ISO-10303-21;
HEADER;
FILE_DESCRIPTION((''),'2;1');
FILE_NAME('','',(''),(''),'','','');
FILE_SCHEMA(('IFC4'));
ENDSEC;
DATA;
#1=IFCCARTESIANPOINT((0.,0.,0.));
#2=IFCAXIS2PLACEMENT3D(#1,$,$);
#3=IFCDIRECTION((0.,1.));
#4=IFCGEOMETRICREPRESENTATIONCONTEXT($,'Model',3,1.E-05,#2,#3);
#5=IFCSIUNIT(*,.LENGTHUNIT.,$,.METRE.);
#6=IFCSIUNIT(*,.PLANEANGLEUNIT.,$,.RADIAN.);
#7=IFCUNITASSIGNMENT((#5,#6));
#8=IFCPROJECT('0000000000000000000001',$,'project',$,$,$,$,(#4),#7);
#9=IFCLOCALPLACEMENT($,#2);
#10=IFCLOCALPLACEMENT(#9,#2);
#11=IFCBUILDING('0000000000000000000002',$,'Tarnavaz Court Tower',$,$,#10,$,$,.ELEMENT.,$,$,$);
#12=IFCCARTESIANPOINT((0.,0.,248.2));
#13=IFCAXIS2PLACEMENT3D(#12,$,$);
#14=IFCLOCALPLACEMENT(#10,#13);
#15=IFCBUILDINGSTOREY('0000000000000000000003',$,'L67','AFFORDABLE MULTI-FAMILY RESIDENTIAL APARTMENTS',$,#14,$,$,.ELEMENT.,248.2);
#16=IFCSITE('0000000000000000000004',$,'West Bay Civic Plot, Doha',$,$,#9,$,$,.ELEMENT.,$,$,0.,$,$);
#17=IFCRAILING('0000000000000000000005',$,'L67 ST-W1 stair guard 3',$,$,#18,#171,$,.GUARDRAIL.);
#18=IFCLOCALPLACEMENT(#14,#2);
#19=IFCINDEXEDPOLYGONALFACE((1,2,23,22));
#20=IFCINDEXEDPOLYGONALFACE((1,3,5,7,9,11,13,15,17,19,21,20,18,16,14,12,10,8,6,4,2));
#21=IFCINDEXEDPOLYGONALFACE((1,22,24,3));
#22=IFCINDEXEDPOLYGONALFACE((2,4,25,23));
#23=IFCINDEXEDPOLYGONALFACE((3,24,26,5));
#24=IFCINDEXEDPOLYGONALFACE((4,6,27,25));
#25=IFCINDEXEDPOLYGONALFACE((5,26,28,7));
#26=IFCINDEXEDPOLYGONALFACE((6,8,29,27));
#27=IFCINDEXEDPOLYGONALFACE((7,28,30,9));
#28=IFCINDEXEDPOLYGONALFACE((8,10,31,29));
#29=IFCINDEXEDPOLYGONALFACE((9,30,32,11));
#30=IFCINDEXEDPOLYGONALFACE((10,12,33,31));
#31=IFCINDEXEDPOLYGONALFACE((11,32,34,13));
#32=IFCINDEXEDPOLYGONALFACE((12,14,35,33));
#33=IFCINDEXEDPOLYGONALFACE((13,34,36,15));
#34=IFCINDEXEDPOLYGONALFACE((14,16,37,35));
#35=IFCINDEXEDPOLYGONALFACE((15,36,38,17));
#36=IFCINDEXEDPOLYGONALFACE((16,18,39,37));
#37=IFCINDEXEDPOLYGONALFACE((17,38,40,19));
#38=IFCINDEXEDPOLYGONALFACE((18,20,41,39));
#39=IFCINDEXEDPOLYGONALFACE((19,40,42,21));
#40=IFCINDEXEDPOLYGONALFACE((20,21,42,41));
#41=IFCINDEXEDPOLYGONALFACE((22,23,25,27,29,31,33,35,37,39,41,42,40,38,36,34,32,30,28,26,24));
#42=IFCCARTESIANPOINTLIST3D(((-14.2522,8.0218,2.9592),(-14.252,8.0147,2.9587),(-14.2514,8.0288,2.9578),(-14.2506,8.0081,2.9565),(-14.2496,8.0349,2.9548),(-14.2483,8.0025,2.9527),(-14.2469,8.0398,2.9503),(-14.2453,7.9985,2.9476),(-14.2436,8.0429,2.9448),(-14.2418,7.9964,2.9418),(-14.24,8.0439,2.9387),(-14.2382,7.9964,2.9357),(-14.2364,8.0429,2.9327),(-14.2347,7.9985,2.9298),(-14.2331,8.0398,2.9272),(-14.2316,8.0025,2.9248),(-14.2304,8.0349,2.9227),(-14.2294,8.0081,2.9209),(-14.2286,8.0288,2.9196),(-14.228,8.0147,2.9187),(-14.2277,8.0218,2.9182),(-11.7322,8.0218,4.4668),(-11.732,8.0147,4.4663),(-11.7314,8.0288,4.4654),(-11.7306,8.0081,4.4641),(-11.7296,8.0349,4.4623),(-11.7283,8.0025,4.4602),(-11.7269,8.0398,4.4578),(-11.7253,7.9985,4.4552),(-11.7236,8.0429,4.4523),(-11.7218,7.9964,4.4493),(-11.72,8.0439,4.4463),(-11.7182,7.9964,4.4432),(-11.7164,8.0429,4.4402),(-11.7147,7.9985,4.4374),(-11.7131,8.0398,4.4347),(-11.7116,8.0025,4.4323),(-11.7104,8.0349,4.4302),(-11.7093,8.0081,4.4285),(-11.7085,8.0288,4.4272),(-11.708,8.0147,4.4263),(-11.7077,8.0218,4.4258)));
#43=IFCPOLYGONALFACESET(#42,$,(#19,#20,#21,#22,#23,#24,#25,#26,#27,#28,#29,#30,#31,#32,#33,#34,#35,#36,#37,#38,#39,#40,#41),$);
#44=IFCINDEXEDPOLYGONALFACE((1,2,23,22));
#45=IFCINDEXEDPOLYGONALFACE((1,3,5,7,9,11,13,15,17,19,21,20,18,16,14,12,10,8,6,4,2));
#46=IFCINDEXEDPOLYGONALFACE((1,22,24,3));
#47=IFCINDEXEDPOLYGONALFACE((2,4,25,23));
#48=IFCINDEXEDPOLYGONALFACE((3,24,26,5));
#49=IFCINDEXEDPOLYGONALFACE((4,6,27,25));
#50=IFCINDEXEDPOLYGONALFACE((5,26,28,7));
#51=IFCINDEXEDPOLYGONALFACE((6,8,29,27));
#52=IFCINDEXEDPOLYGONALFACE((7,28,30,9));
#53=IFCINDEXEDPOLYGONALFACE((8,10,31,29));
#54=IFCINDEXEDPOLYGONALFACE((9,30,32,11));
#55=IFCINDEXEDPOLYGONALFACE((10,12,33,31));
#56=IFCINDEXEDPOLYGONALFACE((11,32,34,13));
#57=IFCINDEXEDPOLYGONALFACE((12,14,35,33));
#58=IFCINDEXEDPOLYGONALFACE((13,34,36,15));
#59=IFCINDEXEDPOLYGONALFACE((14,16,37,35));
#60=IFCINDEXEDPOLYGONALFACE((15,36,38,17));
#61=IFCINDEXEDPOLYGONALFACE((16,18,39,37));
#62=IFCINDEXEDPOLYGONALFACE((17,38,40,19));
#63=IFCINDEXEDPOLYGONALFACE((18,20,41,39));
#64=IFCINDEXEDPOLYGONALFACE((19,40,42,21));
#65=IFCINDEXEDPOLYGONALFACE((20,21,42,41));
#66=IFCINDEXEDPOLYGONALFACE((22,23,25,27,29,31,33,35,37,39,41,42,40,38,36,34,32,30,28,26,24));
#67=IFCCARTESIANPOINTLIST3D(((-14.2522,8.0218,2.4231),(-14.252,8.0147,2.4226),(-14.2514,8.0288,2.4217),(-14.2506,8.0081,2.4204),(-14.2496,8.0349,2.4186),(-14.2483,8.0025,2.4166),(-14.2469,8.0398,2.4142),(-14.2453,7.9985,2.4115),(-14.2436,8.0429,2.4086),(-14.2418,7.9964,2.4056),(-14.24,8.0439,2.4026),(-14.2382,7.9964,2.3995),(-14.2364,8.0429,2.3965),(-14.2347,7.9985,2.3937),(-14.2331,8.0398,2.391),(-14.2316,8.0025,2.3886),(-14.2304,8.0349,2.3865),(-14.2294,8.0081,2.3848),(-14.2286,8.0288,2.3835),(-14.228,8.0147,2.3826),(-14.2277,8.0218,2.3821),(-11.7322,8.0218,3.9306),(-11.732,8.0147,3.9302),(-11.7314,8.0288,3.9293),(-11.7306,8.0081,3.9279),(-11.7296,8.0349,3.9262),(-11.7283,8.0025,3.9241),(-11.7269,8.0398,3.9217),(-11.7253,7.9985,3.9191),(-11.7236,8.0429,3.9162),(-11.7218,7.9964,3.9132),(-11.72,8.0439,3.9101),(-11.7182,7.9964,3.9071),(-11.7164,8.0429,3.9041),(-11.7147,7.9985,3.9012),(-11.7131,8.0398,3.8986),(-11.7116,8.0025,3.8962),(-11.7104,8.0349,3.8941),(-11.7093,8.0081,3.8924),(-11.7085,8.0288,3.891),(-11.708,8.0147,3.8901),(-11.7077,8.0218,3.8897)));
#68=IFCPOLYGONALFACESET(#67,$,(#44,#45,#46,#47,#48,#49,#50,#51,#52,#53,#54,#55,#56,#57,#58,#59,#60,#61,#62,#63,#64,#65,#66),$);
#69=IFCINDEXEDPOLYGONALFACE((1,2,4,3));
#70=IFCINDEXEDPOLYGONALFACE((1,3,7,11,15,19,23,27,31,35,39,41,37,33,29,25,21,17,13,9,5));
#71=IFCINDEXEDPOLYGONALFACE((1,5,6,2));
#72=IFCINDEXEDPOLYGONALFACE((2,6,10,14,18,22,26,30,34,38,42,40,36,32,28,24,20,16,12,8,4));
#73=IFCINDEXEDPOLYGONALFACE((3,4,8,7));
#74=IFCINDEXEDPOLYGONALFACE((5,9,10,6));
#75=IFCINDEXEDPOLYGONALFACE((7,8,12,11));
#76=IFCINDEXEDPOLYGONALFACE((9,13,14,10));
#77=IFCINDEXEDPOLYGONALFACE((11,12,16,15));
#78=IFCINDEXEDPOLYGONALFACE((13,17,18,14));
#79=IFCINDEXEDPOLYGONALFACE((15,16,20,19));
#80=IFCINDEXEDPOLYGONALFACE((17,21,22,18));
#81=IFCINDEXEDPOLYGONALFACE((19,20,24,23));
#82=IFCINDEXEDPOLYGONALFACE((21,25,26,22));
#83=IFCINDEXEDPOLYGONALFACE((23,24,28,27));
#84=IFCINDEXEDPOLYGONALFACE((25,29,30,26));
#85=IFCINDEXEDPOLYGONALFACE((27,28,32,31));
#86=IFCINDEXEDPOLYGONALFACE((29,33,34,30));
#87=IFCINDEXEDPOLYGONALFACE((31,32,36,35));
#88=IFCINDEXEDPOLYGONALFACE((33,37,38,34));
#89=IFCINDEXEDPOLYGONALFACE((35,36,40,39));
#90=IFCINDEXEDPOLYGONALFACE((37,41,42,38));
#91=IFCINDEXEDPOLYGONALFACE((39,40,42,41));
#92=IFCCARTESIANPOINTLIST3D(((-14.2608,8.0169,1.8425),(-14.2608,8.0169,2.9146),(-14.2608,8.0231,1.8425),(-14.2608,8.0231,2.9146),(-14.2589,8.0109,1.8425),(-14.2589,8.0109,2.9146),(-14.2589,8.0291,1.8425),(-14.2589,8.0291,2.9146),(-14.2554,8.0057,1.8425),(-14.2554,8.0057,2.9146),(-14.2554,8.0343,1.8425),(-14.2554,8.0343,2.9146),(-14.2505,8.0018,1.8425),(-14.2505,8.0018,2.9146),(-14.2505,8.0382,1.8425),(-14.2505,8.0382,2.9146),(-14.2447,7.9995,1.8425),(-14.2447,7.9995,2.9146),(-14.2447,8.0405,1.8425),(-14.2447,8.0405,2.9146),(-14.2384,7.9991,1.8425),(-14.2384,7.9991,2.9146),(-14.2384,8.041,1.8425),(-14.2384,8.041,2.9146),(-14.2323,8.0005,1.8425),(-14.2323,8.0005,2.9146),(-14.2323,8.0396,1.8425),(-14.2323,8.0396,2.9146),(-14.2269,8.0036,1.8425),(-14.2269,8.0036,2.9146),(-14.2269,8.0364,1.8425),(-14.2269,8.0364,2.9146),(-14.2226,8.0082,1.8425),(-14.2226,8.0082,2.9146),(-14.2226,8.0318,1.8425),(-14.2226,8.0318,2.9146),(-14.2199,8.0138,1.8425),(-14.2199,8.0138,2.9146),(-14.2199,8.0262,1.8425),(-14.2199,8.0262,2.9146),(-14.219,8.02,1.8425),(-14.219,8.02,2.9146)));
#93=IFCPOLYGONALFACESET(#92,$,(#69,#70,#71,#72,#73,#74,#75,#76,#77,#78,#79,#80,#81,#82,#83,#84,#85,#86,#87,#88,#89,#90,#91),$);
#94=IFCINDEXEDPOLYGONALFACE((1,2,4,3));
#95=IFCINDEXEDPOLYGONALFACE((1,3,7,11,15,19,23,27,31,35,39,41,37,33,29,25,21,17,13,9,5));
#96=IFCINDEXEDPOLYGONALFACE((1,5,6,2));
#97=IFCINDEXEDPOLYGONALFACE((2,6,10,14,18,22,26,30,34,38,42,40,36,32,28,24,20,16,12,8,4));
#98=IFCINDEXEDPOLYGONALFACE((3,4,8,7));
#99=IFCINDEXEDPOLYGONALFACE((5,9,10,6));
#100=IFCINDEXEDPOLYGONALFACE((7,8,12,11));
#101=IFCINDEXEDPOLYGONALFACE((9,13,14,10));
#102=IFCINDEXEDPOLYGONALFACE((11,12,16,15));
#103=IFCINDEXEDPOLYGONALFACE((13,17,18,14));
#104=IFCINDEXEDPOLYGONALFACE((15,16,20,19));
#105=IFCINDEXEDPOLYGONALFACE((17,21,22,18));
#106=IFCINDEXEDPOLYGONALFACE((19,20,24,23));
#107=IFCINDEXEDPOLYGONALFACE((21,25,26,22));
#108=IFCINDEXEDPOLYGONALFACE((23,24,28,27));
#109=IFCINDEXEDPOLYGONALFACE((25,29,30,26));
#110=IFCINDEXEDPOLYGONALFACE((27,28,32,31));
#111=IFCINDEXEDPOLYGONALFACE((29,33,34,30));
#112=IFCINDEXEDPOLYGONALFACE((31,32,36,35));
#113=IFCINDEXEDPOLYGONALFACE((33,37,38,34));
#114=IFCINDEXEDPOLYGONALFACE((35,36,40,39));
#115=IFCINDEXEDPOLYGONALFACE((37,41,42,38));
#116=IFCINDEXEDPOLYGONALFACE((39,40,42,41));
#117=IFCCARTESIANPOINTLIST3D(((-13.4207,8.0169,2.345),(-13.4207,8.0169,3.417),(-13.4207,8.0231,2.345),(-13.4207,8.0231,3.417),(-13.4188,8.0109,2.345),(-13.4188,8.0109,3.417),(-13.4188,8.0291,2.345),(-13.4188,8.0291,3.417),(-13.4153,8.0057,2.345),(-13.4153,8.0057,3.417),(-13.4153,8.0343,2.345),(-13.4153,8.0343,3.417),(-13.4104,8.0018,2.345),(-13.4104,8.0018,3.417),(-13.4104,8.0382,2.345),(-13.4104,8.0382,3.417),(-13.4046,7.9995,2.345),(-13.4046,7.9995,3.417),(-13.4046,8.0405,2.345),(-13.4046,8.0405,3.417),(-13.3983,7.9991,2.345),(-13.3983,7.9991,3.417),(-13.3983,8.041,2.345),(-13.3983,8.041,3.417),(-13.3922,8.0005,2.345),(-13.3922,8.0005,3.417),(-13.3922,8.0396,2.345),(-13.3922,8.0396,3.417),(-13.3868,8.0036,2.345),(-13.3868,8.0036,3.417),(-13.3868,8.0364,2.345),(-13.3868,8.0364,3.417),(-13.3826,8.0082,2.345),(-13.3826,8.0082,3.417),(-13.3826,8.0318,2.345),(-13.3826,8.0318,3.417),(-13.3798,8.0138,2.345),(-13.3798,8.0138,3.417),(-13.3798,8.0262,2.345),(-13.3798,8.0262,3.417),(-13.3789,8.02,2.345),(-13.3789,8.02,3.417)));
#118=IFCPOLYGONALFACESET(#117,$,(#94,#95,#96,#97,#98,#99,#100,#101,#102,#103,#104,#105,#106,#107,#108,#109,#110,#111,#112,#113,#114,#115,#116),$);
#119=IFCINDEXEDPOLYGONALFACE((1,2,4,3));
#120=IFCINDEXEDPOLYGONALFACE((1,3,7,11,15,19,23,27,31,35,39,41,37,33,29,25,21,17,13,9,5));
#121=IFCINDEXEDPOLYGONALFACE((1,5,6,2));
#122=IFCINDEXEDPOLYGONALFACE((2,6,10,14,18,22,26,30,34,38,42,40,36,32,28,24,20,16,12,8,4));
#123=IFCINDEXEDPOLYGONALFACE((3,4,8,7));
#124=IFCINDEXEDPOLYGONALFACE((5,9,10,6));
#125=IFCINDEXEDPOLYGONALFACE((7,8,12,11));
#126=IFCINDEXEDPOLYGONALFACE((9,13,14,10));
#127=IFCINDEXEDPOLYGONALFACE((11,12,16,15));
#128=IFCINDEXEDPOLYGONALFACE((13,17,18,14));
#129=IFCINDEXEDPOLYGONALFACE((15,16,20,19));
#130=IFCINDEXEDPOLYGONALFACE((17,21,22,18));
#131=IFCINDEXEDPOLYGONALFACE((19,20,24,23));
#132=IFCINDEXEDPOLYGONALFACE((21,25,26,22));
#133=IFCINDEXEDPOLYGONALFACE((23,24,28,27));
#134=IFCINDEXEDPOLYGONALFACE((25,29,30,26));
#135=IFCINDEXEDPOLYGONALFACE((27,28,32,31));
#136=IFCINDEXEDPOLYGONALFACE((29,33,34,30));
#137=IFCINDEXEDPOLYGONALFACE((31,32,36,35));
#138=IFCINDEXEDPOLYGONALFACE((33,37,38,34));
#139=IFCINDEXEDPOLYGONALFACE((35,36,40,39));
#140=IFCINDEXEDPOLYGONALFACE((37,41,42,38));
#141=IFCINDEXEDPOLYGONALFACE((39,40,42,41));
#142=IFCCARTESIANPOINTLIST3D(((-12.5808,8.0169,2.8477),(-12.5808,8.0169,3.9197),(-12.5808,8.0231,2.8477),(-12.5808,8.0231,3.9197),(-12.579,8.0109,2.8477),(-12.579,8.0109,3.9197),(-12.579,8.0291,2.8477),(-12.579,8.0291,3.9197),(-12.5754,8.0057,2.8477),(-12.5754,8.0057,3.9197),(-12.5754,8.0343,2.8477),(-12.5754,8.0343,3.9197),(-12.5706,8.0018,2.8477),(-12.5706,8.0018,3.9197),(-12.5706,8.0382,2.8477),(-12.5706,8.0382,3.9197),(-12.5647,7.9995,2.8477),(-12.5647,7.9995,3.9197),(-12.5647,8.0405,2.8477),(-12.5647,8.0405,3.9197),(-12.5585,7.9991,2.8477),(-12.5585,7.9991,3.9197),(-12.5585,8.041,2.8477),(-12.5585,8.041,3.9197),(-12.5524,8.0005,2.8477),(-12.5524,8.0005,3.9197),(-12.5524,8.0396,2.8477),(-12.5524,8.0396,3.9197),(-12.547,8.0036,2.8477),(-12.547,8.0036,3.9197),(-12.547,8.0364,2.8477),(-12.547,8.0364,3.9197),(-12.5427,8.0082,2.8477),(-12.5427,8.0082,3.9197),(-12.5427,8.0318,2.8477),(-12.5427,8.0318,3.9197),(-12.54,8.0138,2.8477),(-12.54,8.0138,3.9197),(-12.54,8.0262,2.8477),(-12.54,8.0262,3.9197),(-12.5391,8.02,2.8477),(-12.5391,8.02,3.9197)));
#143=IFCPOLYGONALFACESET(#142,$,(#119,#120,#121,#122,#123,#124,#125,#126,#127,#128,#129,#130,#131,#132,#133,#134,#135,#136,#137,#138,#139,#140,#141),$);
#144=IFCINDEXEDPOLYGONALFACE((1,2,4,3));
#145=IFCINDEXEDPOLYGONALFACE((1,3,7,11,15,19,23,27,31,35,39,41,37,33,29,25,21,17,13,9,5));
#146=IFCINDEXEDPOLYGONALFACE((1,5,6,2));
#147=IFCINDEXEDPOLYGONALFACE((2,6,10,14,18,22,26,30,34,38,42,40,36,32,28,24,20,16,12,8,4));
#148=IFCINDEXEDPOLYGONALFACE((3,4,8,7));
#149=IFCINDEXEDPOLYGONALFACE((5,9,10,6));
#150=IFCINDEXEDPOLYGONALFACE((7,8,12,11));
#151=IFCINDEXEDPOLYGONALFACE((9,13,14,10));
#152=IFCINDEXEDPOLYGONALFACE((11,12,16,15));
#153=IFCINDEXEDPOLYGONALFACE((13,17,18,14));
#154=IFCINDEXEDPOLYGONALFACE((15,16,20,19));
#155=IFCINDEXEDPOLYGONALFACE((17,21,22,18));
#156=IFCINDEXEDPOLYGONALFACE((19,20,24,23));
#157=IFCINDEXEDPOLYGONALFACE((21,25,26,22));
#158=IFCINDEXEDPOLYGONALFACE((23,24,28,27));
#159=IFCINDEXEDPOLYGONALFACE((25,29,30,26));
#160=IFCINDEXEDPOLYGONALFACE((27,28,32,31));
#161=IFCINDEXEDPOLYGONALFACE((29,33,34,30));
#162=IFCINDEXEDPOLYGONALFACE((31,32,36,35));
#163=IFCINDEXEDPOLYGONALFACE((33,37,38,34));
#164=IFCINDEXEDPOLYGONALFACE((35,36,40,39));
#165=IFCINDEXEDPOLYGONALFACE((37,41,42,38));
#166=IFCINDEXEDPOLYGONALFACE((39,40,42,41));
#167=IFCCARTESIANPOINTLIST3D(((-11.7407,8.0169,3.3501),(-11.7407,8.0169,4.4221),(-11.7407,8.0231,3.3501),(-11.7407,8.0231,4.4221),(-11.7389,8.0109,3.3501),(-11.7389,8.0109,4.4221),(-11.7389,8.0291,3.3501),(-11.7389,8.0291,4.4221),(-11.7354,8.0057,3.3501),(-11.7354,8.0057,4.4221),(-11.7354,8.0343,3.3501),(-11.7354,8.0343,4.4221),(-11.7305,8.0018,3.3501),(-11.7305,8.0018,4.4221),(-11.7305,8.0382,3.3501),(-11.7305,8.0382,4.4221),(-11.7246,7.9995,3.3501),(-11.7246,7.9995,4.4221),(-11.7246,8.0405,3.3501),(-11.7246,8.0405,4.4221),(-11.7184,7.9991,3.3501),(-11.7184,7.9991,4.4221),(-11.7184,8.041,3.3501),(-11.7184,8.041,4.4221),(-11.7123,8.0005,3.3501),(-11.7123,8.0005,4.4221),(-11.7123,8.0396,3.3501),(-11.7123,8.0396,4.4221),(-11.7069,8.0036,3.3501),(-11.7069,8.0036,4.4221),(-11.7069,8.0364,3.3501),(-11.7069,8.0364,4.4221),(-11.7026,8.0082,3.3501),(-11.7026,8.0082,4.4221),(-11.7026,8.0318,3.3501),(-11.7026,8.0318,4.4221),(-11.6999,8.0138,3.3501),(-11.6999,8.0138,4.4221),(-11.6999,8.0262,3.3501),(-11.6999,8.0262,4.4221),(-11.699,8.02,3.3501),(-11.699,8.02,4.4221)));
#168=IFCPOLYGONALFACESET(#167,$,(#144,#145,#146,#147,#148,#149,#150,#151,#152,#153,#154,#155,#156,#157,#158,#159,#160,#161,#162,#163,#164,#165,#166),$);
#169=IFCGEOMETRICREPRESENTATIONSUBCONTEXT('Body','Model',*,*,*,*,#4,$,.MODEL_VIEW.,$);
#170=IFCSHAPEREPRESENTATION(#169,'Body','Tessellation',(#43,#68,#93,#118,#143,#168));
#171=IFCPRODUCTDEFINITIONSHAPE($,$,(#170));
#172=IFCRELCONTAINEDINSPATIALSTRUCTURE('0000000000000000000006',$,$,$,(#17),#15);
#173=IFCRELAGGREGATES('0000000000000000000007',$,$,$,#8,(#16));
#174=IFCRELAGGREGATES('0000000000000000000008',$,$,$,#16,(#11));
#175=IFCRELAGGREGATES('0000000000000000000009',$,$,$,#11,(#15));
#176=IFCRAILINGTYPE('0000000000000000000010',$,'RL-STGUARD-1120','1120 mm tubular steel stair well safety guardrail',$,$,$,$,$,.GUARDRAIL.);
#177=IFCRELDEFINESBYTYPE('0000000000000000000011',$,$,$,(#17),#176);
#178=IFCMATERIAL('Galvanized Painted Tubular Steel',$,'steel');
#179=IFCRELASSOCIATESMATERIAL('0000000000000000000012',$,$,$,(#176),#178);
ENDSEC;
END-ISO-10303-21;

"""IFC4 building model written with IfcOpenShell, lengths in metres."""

from ifc_helpers import new_model, si_unit, direction, frame, origin, origin_2d, place, context, subcontext, project, spatial, circle, extrude, material, type_object, element, save


model = new_model("IFC4")

# Units and contexts
model_context = context("Model", 3, precision=1e-05, world=origin(), true_north=direction((0.0, 1.0)))
body_context = subcontext(model_context, "Body", "Model", "MODEL_VIEW")
ifc_project = project(units=[si_unit("LENGTHUNIT", "METRE"), si_unit("PLANEANGLEUNIT", "RADIAN")], contexts=[model_context])

# Site, building, storey
site_placement = place(None, origin())
site = spatial("IfcSite", under=ifc_project, at=site_placement, Name="West Bay Civic Plot, Doha", CompositionType="ELEMENT", RefElevation=0.0)
building_placement = place(site_placement, origin())
building = spatial("IfcBuilding", under=site, at=building_placement, Name="Tarnavaz Court Tower", CompositionType="ELEMENT")
storey_placement = place(building_placement, frame((0.0, 0.0, 248.2)))
storey = spatial("IfcBuildingStorey", under=building, at=storey_placement, Name="L67", Description="AFFORDABLE MULTI-FAMILY RESIDENTIAL APARTMENTS", CompositionType="ELEMENT", Elevation=248.2)

# Railing
ifc_material_1 = material(Name="Galvanized Painted Tubular Steel", Category="steel")
railing_type_1 = type_object("IfcRailingType", Name="RL-STGUARD-1120", Description="1120 mm tubular steel stair well safety guardrail", PredefinedType="GUARDRAIL", material=ifc_material_1)
railing_1_placement = place(storey_placement, frame((-14.24, 8.02, 1.8425)))
element("IfcRailing", 1, at=railing_1_placement, inside=storey, type_object=railing_type_1, Name="L67 ST-W1 stair guard 3", PredefinedType="GUARDRAIL", context=body_context, shape_type="SweptSolid", body=[
    extrude(circle(Radius=0.0239, at=origin_2d()), frame((0.0, 0.0, 1.0962), z_axis=(0.85816, 0.0, 0.513383), x_axis=(0.0, 1.0, 0.0)), (0.0, 0.0, 1.0), 2.9365),
    extrude(circle(Radius=0.0239, at=origin_2d()), frame((0.0, 0.0, 0.5601), z_axis=(0.85816, 0.0, 0.513383), x_axis=(0.0, 1.0, 0.0)), (0.0, 0.0, 1.0), 2.9365),
    extrude(circle(Radius=0.021, at=origin_2d()), origin(), (0.0, 0.0, 1.0), 1.072),
    extrude(circle(Radius=0.021, at=origin_2d()), frame((0.8401, 0.0, 0.5024)), (0.0, 0.0, 1.0), 1.072),
    extrude(circle(Radius=0.021, at=origin_2d()), frame((1.6799, 0.0, 1.0051)), (0.0, 0.0, 1.0), 1.072),
    extrude(circle(Radius=0.021, at=origin_2d()), frame((2.52, 0.0, 1.5076)), (0.0, 0.0, 1.0), 1.072),
])

save(model, "model.ifc")
